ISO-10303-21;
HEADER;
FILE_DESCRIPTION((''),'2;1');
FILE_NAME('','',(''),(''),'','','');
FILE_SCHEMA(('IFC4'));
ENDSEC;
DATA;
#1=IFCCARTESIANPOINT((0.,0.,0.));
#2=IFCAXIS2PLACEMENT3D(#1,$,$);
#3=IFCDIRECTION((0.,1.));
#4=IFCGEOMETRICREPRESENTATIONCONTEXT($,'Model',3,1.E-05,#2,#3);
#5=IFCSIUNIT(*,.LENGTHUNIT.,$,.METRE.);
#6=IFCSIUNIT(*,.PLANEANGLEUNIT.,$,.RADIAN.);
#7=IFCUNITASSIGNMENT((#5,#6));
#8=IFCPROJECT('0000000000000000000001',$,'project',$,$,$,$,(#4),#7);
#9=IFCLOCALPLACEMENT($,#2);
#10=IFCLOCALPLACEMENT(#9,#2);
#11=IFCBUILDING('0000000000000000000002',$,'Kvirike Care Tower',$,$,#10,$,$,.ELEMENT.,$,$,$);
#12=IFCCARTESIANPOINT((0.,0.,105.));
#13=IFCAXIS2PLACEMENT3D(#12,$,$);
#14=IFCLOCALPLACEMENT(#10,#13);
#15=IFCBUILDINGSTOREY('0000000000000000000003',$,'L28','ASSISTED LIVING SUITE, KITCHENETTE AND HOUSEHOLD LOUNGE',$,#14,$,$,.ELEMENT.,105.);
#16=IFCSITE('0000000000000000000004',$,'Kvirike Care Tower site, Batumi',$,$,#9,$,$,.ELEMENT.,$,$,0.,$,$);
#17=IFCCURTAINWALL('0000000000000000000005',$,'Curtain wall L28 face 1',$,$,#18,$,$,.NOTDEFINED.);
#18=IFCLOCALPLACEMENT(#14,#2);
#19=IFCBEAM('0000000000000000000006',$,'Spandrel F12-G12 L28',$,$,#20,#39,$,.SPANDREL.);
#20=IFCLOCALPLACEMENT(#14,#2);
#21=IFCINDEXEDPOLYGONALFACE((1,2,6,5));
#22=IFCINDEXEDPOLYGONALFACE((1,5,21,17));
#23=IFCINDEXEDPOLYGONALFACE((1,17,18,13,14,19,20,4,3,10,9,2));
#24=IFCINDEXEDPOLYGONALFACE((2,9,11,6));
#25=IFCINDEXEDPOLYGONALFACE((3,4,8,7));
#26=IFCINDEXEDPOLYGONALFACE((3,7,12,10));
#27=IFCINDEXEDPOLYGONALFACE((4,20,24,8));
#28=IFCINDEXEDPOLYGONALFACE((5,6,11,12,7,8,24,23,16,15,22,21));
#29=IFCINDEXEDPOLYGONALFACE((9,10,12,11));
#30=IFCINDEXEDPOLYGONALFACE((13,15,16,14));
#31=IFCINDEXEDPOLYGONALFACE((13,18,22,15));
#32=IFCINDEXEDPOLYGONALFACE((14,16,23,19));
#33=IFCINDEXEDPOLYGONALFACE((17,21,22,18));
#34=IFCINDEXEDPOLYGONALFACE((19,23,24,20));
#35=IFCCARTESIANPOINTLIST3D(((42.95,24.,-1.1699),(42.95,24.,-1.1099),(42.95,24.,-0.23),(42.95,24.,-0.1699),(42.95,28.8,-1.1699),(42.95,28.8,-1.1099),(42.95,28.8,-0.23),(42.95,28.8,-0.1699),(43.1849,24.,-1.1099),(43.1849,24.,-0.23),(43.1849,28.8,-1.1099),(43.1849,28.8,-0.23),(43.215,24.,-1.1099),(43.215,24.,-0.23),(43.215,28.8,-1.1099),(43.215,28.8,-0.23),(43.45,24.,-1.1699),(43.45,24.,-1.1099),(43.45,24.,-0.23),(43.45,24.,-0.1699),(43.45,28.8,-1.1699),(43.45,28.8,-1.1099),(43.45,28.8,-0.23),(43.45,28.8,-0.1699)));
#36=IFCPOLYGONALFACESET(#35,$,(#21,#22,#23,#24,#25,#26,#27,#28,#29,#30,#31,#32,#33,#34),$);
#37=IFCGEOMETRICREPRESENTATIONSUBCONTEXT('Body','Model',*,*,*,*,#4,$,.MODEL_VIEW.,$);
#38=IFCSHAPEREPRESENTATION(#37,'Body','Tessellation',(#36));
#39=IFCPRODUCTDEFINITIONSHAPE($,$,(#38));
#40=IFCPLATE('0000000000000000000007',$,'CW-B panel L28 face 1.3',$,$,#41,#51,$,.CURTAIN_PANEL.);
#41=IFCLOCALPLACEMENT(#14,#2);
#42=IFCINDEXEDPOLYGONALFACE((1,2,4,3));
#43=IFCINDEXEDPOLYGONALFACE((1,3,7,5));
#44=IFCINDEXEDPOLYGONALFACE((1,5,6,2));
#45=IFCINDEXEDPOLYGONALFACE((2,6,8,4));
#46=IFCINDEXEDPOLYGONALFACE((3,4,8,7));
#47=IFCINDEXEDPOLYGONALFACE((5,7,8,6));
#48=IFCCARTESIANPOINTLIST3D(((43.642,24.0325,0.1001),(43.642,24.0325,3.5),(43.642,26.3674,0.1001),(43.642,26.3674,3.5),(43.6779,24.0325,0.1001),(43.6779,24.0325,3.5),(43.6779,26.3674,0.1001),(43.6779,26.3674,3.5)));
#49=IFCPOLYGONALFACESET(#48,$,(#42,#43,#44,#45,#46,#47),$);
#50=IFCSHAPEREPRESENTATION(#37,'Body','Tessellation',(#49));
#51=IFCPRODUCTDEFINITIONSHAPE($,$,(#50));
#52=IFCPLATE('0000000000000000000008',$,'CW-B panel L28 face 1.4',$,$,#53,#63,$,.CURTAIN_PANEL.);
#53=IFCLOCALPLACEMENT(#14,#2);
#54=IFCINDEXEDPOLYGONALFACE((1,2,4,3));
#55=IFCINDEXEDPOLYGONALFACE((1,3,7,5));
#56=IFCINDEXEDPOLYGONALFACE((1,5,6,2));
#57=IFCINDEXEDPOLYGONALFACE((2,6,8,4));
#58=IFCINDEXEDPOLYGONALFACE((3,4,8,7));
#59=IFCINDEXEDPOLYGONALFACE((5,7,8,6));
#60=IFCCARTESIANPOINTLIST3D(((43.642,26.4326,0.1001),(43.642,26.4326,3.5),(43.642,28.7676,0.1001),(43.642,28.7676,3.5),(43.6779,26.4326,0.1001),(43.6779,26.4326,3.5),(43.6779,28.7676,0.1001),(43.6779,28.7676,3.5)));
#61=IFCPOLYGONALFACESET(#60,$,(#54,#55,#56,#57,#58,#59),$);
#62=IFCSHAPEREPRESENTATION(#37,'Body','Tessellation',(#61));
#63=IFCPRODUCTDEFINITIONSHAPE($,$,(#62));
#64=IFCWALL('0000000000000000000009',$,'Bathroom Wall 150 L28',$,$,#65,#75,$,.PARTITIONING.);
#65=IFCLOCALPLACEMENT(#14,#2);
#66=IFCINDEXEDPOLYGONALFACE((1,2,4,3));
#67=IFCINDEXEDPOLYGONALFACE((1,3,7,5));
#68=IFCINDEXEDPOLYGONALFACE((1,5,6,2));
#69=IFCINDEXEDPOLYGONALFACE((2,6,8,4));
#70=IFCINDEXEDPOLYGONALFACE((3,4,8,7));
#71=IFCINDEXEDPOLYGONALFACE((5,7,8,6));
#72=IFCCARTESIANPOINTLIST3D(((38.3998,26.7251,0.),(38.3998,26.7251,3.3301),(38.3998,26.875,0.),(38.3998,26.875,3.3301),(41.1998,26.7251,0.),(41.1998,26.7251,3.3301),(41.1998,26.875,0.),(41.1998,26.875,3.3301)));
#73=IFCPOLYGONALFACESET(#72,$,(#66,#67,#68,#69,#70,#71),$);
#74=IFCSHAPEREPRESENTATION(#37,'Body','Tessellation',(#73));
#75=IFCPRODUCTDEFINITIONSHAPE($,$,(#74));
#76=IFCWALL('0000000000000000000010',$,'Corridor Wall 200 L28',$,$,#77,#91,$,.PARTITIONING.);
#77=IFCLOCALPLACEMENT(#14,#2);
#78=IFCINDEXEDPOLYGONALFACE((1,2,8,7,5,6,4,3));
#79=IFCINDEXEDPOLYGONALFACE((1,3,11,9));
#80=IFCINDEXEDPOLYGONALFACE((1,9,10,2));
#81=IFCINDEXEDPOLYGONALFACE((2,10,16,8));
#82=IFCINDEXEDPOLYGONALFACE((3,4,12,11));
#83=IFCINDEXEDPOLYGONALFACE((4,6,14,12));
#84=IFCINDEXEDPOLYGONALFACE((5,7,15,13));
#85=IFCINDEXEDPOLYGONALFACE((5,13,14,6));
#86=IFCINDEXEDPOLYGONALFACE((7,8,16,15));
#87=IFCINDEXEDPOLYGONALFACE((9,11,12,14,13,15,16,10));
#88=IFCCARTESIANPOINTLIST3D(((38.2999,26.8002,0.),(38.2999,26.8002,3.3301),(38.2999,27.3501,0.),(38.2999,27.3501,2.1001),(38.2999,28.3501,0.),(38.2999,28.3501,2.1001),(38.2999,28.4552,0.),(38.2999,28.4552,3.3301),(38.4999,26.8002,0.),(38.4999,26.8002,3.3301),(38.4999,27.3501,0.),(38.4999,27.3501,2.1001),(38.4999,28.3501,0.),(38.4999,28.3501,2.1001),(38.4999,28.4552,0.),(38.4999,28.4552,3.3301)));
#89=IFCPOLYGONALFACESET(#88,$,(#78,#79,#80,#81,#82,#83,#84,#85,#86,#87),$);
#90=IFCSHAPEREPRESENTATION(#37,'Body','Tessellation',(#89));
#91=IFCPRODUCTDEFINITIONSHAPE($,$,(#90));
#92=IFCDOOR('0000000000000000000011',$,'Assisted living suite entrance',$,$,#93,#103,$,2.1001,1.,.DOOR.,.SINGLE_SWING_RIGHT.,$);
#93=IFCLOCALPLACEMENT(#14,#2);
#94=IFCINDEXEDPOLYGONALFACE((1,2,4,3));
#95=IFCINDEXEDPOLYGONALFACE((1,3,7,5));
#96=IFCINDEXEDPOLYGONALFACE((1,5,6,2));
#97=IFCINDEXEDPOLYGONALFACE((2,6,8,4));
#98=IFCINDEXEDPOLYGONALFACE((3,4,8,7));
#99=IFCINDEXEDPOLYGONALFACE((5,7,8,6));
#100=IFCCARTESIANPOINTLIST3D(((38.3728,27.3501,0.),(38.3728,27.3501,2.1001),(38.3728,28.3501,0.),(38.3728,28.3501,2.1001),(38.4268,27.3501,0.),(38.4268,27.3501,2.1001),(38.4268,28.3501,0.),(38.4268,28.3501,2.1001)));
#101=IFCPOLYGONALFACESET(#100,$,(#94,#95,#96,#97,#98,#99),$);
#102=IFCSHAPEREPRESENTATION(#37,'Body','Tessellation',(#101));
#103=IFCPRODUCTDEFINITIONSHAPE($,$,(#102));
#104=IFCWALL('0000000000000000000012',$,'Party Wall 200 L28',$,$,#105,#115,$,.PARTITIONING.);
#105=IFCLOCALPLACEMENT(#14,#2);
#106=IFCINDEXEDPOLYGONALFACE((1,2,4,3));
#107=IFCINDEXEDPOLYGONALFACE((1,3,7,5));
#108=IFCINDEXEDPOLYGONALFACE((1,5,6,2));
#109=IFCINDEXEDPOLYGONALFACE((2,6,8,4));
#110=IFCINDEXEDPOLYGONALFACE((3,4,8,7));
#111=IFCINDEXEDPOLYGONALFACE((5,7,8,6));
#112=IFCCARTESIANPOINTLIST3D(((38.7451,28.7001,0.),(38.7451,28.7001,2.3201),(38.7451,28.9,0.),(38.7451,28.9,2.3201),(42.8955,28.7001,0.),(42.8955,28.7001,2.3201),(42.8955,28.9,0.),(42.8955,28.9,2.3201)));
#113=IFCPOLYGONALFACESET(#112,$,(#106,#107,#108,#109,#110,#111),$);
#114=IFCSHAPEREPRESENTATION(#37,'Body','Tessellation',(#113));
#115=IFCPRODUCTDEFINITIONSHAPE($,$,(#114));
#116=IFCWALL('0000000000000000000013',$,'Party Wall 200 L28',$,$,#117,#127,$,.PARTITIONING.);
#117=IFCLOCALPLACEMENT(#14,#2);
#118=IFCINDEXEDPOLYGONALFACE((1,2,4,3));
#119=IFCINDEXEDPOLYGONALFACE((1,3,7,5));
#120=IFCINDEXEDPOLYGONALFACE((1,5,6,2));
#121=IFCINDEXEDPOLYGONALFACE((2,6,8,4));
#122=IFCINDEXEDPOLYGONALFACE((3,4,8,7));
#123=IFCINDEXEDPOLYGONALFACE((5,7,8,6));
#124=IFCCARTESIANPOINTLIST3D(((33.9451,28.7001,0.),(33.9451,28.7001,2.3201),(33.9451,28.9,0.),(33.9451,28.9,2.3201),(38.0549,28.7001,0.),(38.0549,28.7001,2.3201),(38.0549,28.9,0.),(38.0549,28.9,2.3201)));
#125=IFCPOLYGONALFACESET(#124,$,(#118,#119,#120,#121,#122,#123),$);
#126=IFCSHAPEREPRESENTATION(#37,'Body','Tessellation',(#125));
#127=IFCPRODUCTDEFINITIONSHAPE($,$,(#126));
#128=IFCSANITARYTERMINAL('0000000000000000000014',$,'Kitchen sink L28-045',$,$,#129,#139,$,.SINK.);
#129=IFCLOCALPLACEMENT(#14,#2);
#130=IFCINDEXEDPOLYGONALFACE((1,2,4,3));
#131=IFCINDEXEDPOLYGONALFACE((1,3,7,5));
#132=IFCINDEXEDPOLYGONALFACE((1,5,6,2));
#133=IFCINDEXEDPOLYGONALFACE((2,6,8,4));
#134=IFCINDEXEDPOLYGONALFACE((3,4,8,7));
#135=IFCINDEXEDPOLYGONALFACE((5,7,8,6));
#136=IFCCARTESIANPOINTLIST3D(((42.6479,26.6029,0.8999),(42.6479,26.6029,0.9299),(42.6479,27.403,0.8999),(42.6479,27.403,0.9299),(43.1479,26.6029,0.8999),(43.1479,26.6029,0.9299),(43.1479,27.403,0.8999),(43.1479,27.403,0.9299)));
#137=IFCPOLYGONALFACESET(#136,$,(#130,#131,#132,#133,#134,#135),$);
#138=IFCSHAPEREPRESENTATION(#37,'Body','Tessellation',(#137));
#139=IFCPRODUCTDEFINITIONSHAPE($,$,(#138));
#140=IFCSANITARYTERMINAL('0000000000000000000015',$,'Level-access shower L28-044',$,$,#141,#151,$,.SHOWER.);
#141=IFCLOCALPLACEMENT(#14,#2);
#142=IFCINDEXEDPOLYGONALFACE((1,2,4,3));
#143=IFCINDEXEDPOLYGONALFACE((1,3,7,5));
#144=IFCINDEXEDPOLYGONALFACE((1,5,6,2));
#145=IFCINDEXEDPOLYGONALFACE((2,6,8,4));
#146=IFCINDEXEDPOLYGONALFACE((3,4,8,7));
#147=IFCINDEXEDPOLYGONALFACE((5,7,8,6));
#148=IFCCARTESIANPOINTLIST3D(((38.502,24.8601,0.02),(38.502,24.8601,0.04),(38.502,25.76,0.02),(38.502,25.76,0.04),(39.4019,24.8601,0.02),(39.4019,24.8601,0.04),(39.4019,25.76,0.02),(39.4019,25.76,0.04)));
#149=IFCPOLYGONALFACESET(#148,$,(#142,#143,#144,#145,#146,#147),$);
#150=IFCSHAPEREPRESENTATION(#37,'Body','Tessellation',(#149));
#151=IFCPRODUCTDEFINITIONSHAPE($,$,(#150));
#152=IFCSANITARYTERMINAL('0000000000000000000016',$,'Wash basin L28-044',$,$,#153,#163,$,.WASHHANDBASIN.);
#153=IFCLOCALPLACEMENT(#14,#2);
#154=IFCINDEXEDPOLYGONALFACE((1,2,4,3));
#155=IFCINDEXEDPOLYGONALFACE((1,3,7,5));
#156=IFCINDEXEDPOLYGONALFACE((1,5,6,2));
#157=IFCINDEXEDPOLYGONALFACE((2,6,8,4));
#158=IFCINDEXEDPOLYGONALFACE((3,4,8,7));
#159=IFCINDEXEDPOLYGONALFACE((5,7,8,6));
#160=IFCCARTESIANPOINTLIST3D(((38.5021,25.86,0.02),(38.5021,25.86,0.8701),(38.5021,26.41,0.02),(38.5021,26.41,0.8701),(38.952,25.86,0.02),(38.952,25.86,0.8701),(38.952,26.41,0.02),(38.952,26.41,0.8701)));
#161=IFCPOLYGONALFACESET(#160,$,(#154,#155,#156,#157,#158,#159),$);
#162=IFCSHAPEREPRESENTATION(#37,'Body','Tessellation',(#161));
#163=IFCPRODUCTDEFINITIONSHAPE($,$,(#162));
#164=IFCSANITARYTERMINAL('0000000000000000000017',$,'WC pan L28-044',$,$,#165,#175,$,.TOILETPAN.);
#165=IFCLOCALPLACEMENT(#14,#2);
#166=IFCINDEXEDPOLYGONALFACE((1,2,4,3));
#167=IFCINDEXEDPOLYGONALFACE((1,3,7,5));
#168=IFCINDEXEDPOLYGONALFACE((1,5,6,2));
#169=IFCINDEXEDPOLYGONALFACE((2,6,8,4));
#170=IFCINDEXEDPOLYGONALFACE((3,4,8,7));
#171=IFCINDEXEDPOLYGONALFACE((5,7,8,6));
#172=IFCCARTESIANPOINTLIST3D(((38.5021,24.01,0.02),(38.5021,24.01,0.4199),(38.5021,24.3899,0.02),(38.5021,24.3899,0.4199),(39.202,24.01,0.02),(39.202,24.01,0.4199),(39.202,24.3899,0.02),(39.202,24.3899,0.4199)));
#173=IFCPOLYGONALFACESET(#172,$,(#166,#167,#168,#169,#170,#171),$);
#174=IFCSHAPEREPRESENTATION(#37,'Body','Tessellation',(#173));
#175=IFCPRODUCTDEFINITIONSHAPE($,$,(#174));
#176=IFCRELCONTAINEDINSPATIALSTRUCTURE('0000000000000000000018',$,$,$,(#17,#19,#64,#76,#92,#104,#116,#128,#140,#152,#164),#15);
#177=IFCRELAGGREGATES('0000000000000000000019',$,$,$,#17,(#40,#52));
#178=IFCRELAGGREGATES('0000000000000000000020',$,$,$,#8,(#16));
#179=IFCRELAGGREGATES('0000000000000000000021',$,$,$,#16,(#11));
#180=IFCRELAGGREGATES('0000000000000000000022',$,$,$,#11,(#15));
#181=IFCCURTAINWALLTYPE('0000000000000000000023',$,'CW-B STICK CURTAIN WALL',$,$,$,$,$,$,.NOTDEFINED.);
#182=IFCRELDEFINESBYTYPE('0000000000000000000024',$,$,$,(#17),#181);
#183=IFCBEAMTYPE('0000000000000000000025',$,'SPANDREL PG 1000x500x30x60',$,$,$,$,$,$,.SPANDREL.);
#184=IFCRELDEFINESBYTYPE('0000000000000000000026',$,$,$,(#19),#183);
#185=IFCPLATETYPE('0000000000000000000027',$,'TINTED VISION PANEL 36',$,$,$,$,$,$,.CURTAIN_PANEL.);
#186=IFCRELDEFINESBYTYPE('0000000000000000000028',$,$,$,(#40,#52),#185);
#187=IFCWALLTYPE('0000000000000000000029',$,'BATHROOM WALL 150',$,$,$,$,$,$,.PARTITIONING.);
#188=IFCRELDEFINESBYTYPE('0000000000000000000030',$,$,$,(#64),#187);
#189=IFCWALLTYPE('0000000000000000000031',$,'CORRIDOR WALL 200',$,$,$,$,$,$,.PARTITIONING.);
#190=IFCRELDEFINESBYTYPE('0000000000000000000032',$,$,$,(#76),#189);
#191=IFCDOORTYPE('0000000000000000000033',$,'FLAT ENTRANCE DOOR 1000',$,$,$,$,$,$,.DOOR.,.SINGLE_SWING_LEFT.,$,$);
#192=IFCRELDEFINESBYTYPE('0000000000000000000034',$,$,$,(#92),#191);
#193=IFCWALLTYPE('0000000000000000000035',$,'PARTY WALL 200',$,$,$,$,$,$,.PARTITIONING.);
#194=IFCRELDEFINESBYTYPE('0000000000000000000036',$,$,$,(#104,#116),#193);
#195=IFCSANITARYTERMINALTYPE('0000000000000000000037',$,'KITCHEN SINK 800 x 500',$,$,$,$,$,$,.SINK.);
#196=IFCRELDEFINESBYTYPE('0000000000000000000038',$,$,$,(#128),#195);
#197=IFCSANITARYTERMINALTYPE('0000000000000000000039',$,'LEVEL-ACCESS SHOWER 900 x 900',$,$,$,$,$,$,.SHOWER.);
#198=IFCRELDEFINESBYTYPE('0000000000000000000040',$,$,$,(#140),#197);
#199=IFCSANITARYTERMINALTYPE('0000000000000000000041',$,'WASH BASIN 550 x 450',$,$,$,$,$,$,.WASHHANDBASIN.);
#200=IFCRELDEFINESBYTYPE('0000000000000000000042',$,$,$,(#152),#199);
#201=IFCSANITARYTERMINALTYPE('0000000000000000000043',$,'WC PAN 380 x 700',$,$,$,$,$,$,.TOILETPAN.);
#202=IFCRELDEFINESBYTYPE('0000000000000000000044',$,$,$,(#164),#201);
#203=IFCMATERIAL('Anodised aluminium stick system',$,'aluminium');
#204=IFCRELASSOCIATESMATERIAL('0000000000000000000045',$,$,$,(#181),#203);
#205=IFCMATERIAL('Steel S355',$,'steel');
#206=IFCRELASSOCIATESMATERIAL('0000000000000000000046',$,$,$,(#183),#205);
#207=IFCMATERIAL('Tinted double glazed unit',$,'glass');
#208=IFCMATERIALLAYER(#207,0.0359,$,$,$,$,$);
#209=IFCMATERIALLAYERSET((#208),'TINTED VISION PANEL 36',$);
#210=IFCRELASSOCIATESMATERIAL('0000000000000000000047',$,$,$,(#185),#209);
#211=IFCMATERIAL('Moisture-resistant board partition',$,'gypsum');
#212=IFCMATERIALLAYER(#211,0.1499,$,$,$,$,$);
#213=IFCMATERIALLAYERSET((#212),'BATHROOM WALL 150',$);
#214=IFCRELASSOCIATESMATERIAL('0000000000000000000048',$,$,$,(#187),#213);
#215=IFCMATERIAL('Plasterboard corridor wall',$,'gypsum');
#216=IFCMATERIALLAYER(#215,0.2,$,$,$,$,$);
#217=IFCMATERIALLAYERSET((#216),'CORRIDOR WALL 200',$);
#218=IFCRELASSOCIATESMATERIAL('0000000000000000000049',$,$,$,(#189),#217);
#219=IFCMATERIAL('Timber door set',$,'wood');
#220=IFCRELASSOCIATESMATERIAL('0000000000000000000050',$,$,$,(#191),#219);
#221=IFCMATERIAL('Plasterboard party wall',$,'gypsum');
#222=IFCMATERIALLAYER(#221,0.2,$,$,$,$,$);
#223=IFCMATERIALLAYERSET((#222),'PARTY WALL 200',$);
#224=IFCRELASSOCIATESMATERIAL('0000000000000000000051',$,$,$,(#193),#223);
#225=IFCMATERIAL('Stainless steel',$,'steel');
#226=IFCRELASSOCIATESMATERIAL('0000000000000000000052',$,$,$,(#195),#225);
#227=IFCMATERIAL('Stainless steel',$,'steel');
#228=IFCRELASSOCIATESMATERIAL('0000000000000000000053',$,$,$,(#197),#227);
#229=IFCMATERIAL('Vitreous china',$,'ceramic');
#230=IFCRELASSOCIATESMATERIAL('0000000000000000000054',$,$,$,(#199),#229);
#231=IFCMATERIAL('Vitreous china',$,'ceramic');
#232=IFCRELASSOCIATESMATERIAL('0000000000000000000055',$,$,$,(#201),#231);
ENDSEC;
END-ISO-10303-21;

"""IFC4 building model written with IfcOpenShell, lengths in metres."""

from ifc_helpers import new_model, si_unit, direction, frame, frame_2d, origin, origin_2d, place, context, subcontext, project, spatial, rectangle, i_section, extrude, material, layer, layer_set, material_profile, profile_set, type_object, element, fill, aggregate, save


model = new_model("IFC4")

# Units and contexts
model_context = context("Model", 3, precision=1e-05, world=origin(), true_north=direction((0.0, 1.0)))
body_context = subcontext(model_context, "Body", "Model", "MODEL_VIEW")
ifc_project = project(units=[si_unit("LENGTHUNIT", "METRE"), si_unit("PLANEANGLEUNIT", "RADIAN")], contexts=[model_context])

# Site, building, storey
site_placement = place(None, origin())
site = spatial("IfcSite", under=ifc_project, at=site_placement, Name="Kvirike Care Tower site, Batumi", CompositionType="ELEMENT", RefElevation=0.0)
building_placement = place(site_placement, origin())
building = spatial("IfcBuilding", under=site, at=building_placement, Name="Kvirike Care Tower", CompositionType="ELEMENT")
storey_placement = place(building_placement, frame((0.0, 0.0, 105.0)))
storey = spatial("IfcBuildingStorey", under=building, at=storey_placement, Name="L28", Description="ASSISTED LIVING SUITE, KITCHENETTE AND HOUSEHOLD LOUNGE", CompositionType="ELEMENT", Elevation=105.0)

# Curtain wall
ifc_material_1 = material(Name="Anodised aluminium stick system", Category="aluminium")
curtain_wall_type = type_object("IfcCurtainWallType", Name="CW-B STICK CURTAIN WALL", PredefinedType="NOTDEFINED", material=ifc_material_1)
curtain_wall_placement = place(storey_placement, origin())
curtain_wall = element("IfcCurtainWall", 1, at=curtain_wall_placement, inside=storey, type_object=curtain_wall_type, Name="Curtain wall L28 face 1", PredefinedType="NOTDEFINED")

# Beam
ifc_material_2 = material(Name="Steel S355", Category="steel")
ifc_material_profile_1 = material_profile(ifc_material_2, i_section(OverallWidth=0.5, OverallDepth=1.0, WebThickness=0.03, FlangeThickness=0.0601, at=origin_2d()), Name="PG 1000x500x30x60")
ifc_profile_set_1 = profile_set([ifc_material_profile_1], Name="Steel S355")
beam_type_1 = type_object("IfcBeamType", Name="SPANDREL PG 1000x500x30x60", PredefinedType="SPANDREL", material=ifc_profile_set_1)
beam_1_placement = place(storey_placement, frame((43.2, 24.0, -0.6699), z_axis=(0.0, 1.0, 0.0), x_axis=(-1.0, 0.0, 0.0)))
element("IfcBeam", 2, at=beam_1_placement, inside=storey, type_object=beam_type_1, Name="Spandrel F12-G12 L28", PredefinedType="SPANDREL", context=body_context, shape_type="SweptSolid", body=[
    extrude(i_section(OverallWidth=0.5, OverallDepth=1.0, WebThickness=0.03, FlangeThickness=0.0601, at=origin_2d()), origin(), (0.0, 0.0, 1.0), 4.8),
])

# Plates
ifc_material_3 = material(Name="Tinted double glazed unit", Category="glass")
ifc_layer_1 = layer(ifc_material_3, 0.0359)
ifc_layer_set_1 = layer_set([ifc_layer_1], Name="TINTED VISION PANEL 36")
plate_type = type_object("IfcPlateType", Name="TINTED VISION PANEL 36", PredefinedType="CURTAIN_PANEL", material=ifc_layer_set_1)
plate_1_placement = place(storey_placement, frame((43.6599, 25.2, 0.1001), z_axis=(0.0, 0.0, 1.0), x_axis=(0.0, 1.0, 0.0)))
plate_1 = element("IfcPlate", 3, at=plate_1_placement, type_object=plate_type, Name="CW-B panel L28 face 1.3", PredefinedType="CURTAIN_PANEL", context=body_context, shape_type="SweptSolid", body=[
    extrude(rectangle(XDim=2.335, YDim=0.0359, at=origin_2d()), origin(), (0.0, 0.0, 1.0), 3.3999),
])
plate_2_placement = place(storey_placement, frame((43.6599, 27.6001, 0.1001), z_axis=(0.0, 0.0, 1.0), x_axis=(0.0, 1.0, 0.0)))
plate_2 = element("IfcPlate", 4, at=plate_2_placement, type_object=plate_type, Name="CW-B panel L28 face 1.4", PredefinedType="CURTAIN_PANEL", context=body_context, shape_type="SweptSolid", body=[
    extrude(rectangle(XDim=2.335, YDim=0.0359, at=origin_2d()), origin(), (0.0, 0.0, 1.0), 3.3999),
])
aggregate(curtain_wall, [plate_1, plate_2])

# Wall
ifc_material_4 = material(Name="Moisture-resistant board partition", Category="gypsum")
ifc_layer_2 = layer(ifc_material_4, 0.1499)
ifc_layer_set_2 = layer_set([ifc_layer_2], Name="BATHROOM WALL 150")
wall_type_1 = type_object("IfcWallType", Name="BATHROOM WALL 150", PredefinedType="PARTITIONING", material=ifc_layer_set_2)
wall_1_placement = place(storey_placement, frame((38.3999, 26.8, 0.0), z_axis=(0.0, 0.0, 1.0), x_axis=(1.0, 0.0, 0.0)))
element("IfcWall", 5, at=wall_1_placement, inside=storey, type_object=wall_type_1, Name="Bathroom Wall 150 L28", PredefinedType="PARTITIONING", context=body_context, shape_type="SweptSolid", body=[
    extrude(rectangle(XDim=2.8, YDim=0.1499, at=frame_2d((1.3999, 0.0))), origin(), (0.0, 0.0, 1.0), 3.3301),
])

# Wall, opening, door
ifc_material_5 = material(Name="Plasterboard corridor wall", Category="gypsum")
ifc_layer_3 = layer(ifc_material_5, 0.2)
ifc_layer_set_3 = layer_set([ifc_layer_3], Name="CORRIDOR WALL 200")
wall_type_2 = type_object("IfcWallType", Name="CORRIDOR WALL 200", PredefinedType="PARTITIONING", material=ifc_layer_set_3)
wall_2_placement = place(storey_placement, frame((38.3999, 26.8, 0.0), z_axis=(0.0, 0.0, 1.0), x_axis=(0.0, 1.0, 0.0)))
wall_2 = element("IfcWall", 6, at=wall_2_placement, inside=storey, type_object=wall_type_2, Name="Corridor Wall 200 L28", PredefinedType="PARTITIONING", context=body_context, shape_type="SweptSolid", body=[
    extrude(rectangle(XDim=1.655, YDim=0.2, at=frame_2d((0.8276, 0.0))), origin(), (0.0, 0.0, 1.0), 3.3301),
])
opening_placement = place(wall_2_placement, frame((0.55, 0.0, 0.0)))
opening = element("IfcOpeningElement", 7, at=opening_placement, cuts=wall_2, PredefinedType="OPENING", context=body_context, shape_type="SweptSolid", body=[
    extrude(rectangle(XDim=1.0, YDim=2.1001, at=frame_2d((0.5, 1.05))), frame((0.0, 0.1106, 0.0), z_axis=(0.0, -1.0, 0.0), x_axis=(1.0, 0.0, 0.0)), (0.0, 0.0, 1.0), 0.2209),
])
ifc_material_6 = material(Name="Timber door set", Category="wood")
door_type = type_object("IfcDoorType", Name="FLAT ENTRANCE DOOR 1000", OperationType="SINGLE_SWING_LEFT", PredefinedType="DOOR", material=ifc_material_6)
door_placement = place(opening_placement, frame((1.0, 0.0, 0.0), z_axis=(0.0, 0.0, 1.0), x_axis=(-1.0, 0.0, 0.0)))
door = element("IfcDoor", 8, at=door_placement, inside=storey, type_object=door_type, Name="Assisted living suite entrance", OperationType="SINGLE_SWING_RIGHT", OverallHeight=2.1001, OverallWidth=1.0, PredefinedType="DOOR", context=body_context, shape_type="SweptSolid", body=[
    extrude(rectangle(XDim=1.0, YDim=2.1001, at=frame_2d((0.5, 1.05))), frame((0.0, 0.0269, 0.0), z_axis=(0.0, -1.0, 0.0), x_axis=(1.0, 0.0, 0.0)), (0.0, 0.0, 1.0), 0.054),
])
fill(opening, door)

# Walls
ifc_material_7 = material(Name="Plasterboard party wall", Category="gypsum")
ifc_layer_4 = layer(ifc_material_7, 0.2)
ifc_layer_set_4 = layer_set([ifc_layer_4], Name="PARTY WALL 200")
wall_type_3 = type_object("IfcWallType", Name="PARTY WALL 200", PredefinedType="PARTITIONING", material=ifc_layer_set_4)
wall_3_placement = place(storey_placement, frame((42.8955, 28.8, 0.0), z_axis=(0.0, 0.0, 1.0), x_axis=(-1.0, 0.0, 0.0)))
element("IfcWall", 9, at=wall_3_placement, inside=storey, type_object=wall_type_3, Name="Party Wall 200 L28", PredefinedType="PARTITIONING", context=body_context, shape_type="SweptSolid", body=[
    extrude(rectangle(XDim=4.1504, YDim=0.2, at=frame_2d((2.0752, 0.0))), origin(), (0.0, 0.0, 1.0), 2.3201),
])
wall_4_placement = place(storey_placement, frame((38.0549, 28.8, 0.0), z_axis=(0.0, 0.0, 1.0), x_axis=(-1.0, 0.0, 0.0)))
element("IfcWall", 10, at=wall_4_placement, inside=storey, type_object=wall_type_3, Name="Party Wall 200 L28", PredefinedType="PARTITIONING", context=body_context, shape_type="SweptSolid", body=[
    extrude(rectangle(XDim=4.1099, YDim=0.2, at=frame_2d((2.0549, 0.0))), origin(), (0.0, 0.0, 1.0), 2.3201),
])

# Sanitary terminals
ifc_material_8 = material(Name="Stainless steel", Category="steel")
sanitary_terminal_type_1 = type_object("IfcSanitaryTerminalType", Name="KITCHEN SINK 800 x 500", PredefinedType="SINK", material=ifc_material_8)
sanitary_terminal_1_placement = place(storey_placement, frame((42.8979, 27.0029, 0.8999), z_axis=(0.0, 0.0, 1.0), x_axis=(0.0, -1.0, 0.0)))
element("IfcSanitaryTerminal", 11, at=sanitary_terminal_1_placement, inside=storey, type_object=sanitary_terminal_type_1, Name="Kitchen sink L28-045", PredefinedType="SINK", context=body_context, shape_type="SweptSolid", body=[
    extrude(rectangle(XDim=0.8, YDim=0.5, at=origin_2d()), origin(), (0.0, 0.0, 1.0), 0.03),
])
ifc_material_9 = material(Name="Stainless steel", Category="steel")
sanitary_terminal_type_2 = type_object("IfcSanitaryTerminalType", Name="LEVEL-ACCESS SHOWER 900 x 900", PredefinedType="SHOWER", material=ifc_material_9)
sanitary_terminal_2_placement = place(storey_placement, frame((38.9519, 25.3101, 0.02), z_axis=(0.0, 0.0, 1.0), x_axis=(0.0, 1.0, 0.0)))
element("IfcSanitaryTerminal", 12, at=sanitary_terminal_2_placement, inside=storey, type_object=sanitary_terminal_type_2, Name="Level-access shower L28-044", PredefinedType="SHOWER", context=body_context, shape_type="SweptSolid", body=[
    extrude(rectangle(XDim=0.8999, YDim=0.8999, at=origin_2d()), origin(), (0.0, 0.0, 1.0), 0.02),
])
ifc_material_10 = material(Name="Vitreous china", Category="ceramic")
sanitary_terminal_type_3 = type_object("IfcSanitaryTerminalType", Name="WASH BASIN 550 x 450", PredefinedType="WASHHANDBASIN", material=ifc_material_10)
sanitary_terminal_3_placement = place(storey_placement, frame((38.7271, 26.135, 0.02), z_axis=(0.0, 0.0, 1.0), x_axis=(0.0, 1.0, 0.0)))
element("IfcSanitaryTerminal", 13, at=sanitary_terminal_3_placement, inside=storey, type_object=sanitary_terminal_type_3, Name="Wash basin L28-044", PredefinedType="WASHHANDBASIN", context=body_context, shape_type="SweptSolid", body=[
    extrude(rectangle(XDim=0.55, YDim=0.45, at=origin_2d()), origin(), (0.0, 0.0, 1.0), 0.8501),
])
ifc_material_11 = material(Name="Vitreous china", Category="ceramic")
sanitary_terminal_type_4 = type_object("IfcSanitaryTerminalType", Name="WC PAN 380 x 700", PredefinedType="TOILETPAN", material=ifc_material_11)
sanitary_terminal_4_placement = place(storey_placement, frame((38.8521, 24.2, 0.02), z_axis=(0.0, 0.0, 1.0), x_axis=(0.0, 1.0, 0.0)))
element("IfcSanitaryTerminal", 14, at=sanitary_terminal_4_placement, inside=storey, type_object=sanitary_terminal_type_4, Name="WC pan L28-044", PredefinedType="TOILETPAN", context=body_context, shape_type="SweptSolid", body=[
    extrude(rectangle(XDim=0.3799, YDim=0.7, at=origin_2d()), origin(), (0.0, 0.0, 1.0), 0.3999),
])

save(model, "model.ifc")
